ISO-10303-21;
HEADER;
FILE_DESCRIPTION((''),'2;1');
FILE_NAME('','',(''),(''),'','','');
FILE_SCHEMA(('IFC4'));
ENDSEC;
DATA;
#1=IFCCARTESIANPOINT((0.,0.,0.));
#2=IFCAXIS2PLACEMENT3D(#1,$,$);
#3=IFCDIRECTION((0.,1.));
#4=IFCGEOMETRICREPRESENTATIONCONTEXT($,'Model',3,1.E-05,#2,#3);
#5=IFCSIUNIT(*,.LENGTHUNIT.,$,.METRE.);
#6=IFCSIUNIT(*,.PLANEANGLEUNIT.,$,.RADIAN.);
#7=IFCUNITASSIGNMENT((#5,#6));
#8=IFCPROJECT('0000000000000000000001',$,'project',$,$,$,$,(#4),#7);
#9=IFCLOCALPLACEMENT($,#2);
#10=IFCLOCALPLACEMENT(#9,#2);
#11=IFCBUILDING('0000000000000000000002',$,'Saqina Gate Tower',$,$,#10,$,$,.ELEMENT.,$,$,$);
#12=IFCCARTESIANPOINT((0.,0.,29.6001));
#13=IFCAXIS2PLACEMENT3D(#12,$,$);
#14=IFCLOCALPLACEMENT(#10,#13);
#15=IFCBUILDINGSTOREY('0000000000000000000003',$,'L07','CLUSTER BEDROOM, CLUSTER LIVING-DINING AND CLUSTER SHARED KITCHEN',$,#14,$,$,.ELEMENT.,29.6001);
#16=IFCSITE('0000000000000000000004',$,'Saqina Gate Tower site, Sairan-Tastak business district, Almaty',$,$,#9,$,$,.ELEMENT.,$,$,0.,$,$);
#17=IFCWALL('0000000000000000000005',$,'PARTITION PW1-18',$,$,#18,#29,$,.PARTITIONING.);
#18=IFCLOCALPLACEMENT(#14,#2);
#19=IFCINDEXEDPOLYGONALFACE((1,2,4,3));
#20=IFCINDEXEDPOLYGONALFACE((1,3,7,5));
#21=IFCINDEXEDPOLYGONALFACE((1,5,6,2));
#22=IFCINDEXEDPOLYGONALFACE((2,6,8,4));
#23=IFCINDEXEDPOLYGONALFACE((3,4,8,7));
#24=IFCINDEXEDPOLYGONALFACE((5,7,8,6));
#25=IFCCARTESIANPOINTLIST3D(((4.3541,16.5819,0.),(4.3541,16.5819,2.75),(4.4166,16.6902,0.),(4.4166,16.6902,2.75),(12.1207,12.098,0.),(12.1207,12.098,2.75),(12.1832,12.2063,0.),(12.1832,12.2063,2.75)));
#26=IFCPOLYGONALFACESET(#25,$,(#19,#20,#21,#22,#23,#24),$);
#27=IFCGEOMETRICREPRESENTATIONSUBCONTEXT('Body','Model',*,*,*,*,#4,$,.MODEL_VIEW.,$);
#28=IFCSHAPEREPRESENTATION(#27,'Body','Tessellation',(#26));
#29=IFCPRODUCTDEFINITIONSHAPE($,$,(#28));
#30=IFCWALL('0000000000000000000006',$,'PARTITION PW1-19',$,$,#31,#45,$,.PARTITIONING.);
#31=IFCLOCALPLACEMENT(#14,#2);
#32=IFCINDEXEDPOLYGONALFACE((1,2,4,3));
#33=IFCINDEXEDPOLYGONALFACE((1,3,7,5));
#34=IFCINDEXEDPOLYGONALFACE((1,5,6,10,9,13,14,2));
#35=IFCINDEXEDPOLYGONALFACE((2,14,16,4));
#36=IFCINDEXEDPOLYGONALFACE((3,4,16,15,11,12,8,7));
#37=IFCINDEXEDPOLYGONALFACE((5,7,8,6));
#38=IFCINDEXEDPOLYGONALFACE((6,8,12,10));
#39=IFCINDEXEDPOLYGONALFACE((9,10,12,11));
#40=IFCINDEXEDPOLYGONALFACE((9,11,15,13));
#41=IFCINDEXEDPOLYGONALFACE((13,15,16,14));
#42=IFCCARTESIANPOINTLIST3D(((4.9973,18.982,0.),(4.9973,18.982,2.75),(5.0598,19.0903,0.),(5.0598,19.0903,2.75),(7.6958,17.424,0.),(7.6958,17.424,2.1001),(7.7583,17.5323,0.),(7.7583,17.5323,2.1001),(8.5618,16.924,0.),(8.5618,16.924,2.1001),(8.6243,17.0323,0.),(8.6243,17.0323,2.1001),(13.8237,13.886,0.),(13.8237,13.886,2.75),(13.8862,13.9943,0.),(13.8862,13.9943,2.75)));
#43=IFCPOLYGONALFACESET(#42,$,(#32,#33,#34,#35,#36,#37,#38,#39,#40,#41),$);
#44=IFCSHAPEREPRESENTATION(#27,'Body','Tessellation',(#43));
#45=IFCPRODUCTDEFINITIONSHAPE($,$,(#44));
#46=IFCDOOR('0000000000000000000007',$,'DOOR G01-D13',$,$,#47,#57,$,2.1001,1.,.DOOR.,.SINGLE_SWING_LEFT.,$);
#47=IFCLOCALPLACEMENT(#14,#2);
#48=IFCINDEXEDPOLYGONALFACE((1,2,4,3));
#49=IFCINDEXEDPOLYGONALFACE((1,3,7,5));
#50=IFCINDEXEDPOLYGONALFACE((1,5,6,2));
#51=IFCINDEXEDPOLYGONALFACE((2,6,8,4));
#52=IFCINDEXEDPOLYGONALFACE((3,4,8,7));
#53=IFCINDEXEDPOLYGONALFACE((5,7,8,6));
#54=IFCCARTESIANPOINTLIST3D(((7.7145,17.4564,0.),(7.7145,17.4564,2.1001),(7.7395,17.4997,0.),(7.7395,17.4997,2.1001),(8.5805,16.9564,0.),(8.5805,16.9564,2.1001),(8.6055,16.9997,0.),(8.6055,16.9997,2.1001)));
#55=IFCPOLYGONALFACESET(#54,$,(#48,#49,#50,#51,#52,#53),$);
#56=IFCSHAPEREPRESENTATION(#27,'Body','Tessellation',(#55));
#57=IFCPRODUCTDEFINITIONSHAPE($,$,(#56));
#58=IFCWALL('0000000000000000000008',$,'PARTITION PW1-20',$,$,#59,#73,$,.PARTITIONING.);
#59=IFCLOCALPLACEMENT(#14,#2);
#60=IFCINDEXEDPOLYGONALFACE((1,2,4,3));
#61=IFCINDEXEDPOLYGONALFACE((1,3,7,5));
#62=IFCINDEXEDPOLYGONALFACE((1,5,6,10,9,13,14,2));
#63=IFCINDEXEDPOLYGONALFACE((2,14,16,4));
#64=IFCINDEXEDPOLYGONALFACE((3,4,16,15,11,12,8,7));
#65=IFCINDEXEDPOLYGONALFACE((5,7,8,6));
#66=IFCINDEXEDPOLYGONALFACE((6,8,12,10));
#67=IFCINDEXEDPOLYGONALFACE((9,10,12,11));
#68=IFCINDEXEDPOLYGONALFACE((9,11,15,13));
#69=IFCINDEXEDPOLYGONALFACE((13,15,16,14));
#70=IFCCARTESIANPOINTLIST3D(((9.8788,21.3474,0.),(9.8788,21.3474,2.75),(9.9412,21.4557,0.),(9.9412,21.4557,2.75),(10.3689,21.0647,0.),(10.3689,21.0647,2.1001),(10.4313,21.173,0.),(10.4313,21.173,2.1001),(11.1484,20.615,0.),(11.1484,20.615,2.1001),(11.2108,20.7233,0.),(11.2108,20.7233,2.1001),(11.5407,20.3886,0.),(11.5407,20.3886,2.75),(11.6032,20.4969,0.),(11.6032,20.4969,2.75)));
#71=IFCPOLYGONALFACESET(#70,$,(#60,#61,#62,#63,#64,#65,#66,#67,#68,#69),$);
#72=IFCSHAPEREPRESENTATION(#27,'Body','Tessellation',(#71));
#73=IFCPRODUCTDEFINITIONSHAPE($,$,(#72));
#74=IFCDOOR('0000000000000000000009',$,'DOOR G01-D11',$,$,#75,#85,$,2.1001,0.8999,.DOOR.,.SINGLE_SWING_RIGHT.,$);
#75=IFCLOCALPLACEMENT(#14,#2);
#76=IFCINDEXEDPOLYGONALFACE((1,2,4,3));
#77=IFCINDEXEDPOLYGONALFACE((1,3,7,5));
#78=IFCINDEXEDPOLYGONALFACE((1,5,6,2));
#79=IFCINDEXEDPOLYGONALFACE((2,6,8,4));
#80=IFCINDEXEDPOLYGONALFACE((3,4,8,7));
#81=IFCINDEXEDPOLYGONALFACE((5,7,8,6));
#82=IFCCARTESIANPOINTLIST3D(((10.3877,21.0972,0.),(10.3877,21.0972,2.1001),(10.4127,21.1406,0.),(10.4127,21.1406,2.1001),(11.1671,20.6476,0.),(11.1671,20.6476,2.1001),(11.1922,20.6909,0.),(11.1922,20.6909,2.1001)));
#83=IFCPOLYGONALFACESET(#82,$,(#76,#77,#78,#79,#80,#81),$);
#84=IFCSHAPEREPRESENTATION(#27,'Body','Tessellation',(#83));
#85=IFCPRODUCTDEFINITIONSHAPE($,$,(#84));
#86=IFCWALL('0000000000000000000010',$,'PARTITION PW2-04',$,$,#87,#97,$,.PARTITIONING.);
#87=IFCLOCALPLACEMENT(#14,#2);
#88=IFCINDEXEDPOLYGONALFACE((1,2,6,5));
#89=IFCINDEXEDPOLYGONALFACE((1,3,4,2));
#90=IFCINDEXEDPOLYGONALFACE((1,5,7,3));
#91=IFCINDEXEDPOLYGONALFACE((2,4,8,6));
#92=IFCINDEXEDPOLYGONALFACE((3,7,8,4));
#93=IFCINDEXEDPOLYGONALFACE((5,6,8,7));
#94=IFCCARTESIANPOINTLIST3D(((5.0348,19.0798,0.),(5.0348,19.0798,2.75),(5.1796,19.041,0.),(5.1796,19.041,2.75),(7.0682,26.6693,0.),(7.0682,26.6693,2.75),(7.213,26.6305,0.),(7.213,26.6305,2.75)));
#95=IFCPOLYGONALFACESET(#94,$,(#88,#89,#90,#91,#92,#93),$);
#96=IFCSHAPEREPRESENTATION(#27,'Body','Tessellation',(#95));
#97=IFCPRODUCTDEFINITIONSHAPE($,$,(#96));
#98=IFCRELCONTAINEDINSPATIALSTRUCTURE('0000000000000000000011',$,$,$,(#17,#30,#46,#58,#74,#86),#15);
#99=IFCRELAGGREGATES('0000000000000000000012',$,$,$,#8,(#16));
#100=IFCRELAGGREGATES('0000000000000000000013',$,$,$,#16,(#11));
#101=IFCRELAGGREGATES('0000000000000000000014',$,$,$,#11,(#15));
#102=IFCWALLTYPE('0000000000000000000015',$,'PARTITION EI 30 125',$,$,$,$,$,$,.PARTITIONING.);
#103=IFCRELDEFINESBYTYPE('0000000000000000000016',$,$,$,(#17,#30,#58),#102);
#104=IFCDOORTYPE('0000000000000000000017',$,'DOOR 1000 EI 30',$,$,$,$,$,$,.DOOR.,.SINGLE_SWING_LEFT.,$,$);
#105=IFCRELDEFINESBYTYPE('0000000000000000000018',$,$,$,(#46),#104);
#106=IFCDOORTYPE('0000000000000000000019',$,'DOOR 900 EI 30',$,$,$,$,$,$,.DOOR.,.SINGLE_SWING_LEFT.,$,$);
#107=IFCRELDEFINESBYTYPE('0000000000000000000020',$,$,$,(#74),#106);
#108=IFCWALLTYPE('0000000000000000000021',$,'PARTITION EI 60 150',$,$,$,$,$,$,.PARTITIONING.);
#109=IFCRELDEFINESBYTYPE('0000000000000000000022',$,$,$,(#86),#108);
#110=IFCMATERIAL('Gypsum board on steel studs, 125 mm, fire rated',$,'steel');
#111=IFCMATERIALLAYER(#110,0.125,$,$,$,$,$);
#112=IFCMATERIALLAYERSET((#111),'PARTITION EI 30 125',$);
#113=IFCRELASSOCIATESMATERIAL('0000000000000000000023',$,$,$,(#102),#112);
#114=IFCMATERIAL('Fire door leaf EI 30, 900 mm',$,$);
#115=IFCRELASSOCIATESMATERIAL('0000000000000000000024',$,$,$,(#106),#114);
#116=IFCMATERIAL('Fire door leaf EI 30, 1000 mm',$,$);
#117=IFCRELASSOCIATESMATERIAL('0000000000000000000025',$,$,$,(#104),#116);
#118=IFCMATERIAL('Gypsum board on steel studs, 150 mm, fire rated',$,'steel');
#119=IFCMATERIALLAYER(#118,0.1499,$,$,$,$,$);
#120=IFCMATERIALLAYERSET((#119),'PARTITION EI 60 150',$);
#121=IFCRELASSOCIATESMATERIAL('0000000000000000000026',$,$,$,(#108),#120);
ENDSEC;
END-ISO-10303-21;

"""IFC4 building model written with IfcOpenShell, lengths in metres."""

from ifc_helpers import new_model, si_unit, direction, frame, frame_2d, origin, place, context, subcontext, project, spatial, rectangle, extrude, material, layer, layer_set, type_object, element, fill, save


model = new_model("IFC4")

# Units and contexts
model_context = context("Model", 3, precision=1e-05, world=origin(), true_north=direction((0.0, 1.0)))
body_context = subcontext(model_context, "Body", "Model", "MODEL_VIEW")
ifc_project = project(units=[si_unit("LENGTHUNIT", "METRE"), si_unit("PLANEANGLEUNIT", "RADIAN")], contexts=[model_context])

# Site, building, storey
site_placement = place(None, origin())
site = spatial("IfcSite", under=ifc_project, at=site_placement, Name="Saqina Gate Tower site, Sairan-Tastak business district, Almaty", CompositionType="ELEMENT", RefElevation=0.0)
building_placement = place(site_placement, origin())
building = spatial("IfcBuilding", under=site, at=building_placement, Name="Saqina Gate Tower", CompositionType="ELEMENT")
storey_placement = place(building_placement, frame((0.0, 0.0, 29.6001)))
storey = spatial("IfcBuildingStorey", under=building, at=storey_placement, Name="L07", Description="CLUSTER BEDROOM, CLUSTER LIVING-DINING AND CLUSTER SHARED KITCHEN", CompositionType="ELEMENT", Elevation=29.6001)

# Shared definitions
ifc_material_1 = material(Name="Gypsum board on steel studs, 125 mm, fire rated", Category="steel")
ifc_layer_1 = layer(ifc_material_1, 0.125)
ifc_layer_set_1 = layer_set([ifc_layer_1], Name="PARTITION EI 30 125")
wall_type_1 = type_object("IfcWallType", Name="PARTITION EI 30 125", PredefinedType="PARTITIONING", material=ifc_layer_set_1)
ifc_material_2 = material(Name="Fire door leaf EI 30, 900 mm")
door_type_1 = type_object("IfcDoorType", Name="DOOR 900 EI 30", OperationType="SINGLE_SWING_LEFT", PredefinedType="DOOR", material=ifc_material_2)

# Wall
wall_1_placement = place(storey_placement, frame((4.3855, 16.636, 0.0), z_axis=(0.0, 0.0, 1.0), x_axis=(0.866033, -0.499986, 0.0)))
element("IfcWall", 1, at=wall_1_placement, inside=storey, type_object=wall_type_1, Name="PARTITION PW1-18", PredefinedType="PARTITIONING", context=body_context, shape_type="SweptSolid", body=[
    extrude(rectangle(XDim=8.968, YDim=0.125, at=frame_2d((4.4839, 0.0))), origin(), (0.0, 0.0, 1.0), 2.75),
])

# Walls, openings, doors
wall_2_placement = place(storey_placement, frame((5.0286, 19.0361, 0.0), z_axis=(0.0, 0.0, 1.0), x_axis=(0.866025, -0.500001, 0.0)))
wall_2 = element("IfcWall", 2, at=wall_2_placement, inside=storey, type_object=wall_type_1, Name="PARTITION PW1-19", PredefinedType="PARTITIONING", context=body_context, shape_type="SweptSolid", body=[
    extrude(rectangle(XDim=10.1919, YDim=0.125, at=frame_2d((5.0959, 0.0))), origin(), (0.0, 0.0, 1.0), 2.75),
])
opening_1_placement = place(wall_2_placement, frame((3.116, 0.0, 0.0)))
opening_1 = element("IfcOpeningElement", 3, at=opening_1_placement, cuts=wall_2, PredefinedType="OPENING", context=body_context, shape_type="SweptSolid", body=[
    extrude(rectangle(XDim=1.0, YDim=2.1001, at=frame_2d((0.5, 1.05))), frame((0.0, 0.0745, 0.0), z_axis=(0.0, -1.0, 0.0), x_axis=(1.0, 0.0, 0.0)), (0.0, 0.0, 1.0), 0.1489),
])
ifc_material_3 = material(Name="Fire door leaf EI 30, 1000 mm")
door_type_2 = type_object("IfcDoorType", Name="DOOR 1000 EI 30", OperationType="SINGLE_SWING_LEFT", PredefinedType="DOOR", material=ifc_material_3)
door_1_placement = place(opening_1_placement, origin())
door_1 = element("IfcDoor", 4, at=door_1_placement, inside=storey, type_object=door_type_2, Name="DOOR G01-D13", OperationType="SINGLE_SWING_LEFT", OverallHeight=2.1001, OverallWidth=1.0, PredefinedType="DOOR", context=body_context, shape_type="SweptSolid", body=[
    extrude(rectangle(XDim=1.0, YDim=2.1001, at=frame_2d((0.5, 1.05))), frame((0.0, 0.0249, 0.0), z_axis=(0.0, -1.0, 0.0), x_axis=(1.0, 0.0, 0.0)), (0.0, 0.0, 1.0), 0.05),
])
fill(opening_1, door_1)
wall_3_placement = place(storey_placement, frame((9.9099, 21.4016, 0.0), z_axis=(0.0, 0.0, 1.0), x_axis=(0.866192, -0.499711, 0.0)))
wall_3 = element("IfcWall", 5, at=wall_3_placement, inside=storey, type_object=wall_type_1, Name="PARTITION PW1-20", PredefinedType="PARTITIONING", context=body_context, shape_type="SweptSolid", body=[
    extrude(rectangle(XDim=1.9187, YDim=0.125, at=frame_2d((0.9595, 0.0))), origin(), (0.0, 0.0, 1.0), 2.75),
])
opening_2_placement = place(wall_3_placement, frame((0.5659, 0.0, 0.0)))
opening_2 = element("IfcOpeningElement", 6, at=opening_2_placement, cuts=wall_3, PredefinedType="OPENING", context=body_context, shape_type="SweptSolid", body=[
    extrude(rectangle(XDim=0.8999, YDim=2.1001, at=frame_2d((0.45, 1.05))), frame((0.0, 0.0745, 0.0), z_axis=(0.0, -1.0, 0.0), x_axis=(1.0, 0.0, 0.0)), (0.0, 0.0, 1.0), 0.1489),
])
door_2_placement = place(opening_2_placement, frame((0.8999, 0.0, 0.0), z_axis=(0.0, 0.0, 1.0), x_axis=(-1.0, 0.0, 0.0)))
door_2 = element("IfcDoor", 7, at=door_2_placement, inside=storey, type_object=door_type_1, Name="DOOR G01-D11", OperationType="SINGLE_SWING_RIGHT", OverallHeight=2.1001, OverallWidth=0.8999, PredefinedType="DOOR", context=body_context, shape_type="SweptSolid", body=[
    extrude(rectangle(XDim=0.8999, YDim=2.1001, at=frame_2d((0.45, 1.05))), frame((0.0, 0.0249, 0.0), z_axis=(0.0, -1.0, 0.0), x_axis=(1.0, 0.0, 0.0)), (0.0, 0.0, 1.0), 0.05),
])
fill(opening_2, door_2)

# Wall
ifc_material_4 = material(Name="Gypsum board on steel studs, 150 mm, fire rated", Category="steel")
ifc_layer_2 = layer(ifc_material_4, 0.1499)
ifc_layer_set_2 = layer_set([ifc_layer_2], Name="PARTITION EI 60 150")
wall_type_2 = type_object("IfcWallType", Name="PARTITION EI 60 150", PredefinedType="PARTITIONING", material=ifc_layer_set_2)
wall_4_placement = place(storey_placement, frame((5.1072, 19.0603, 0.0), z_axis=(0.0, 0.0, 1.0), x_axis=(0.258798, 0.965932, 0.0)))
element("IfcWall", 8, at=wall_4_placement, inside=storey, type_object=wall_type_2, Name="PARTITION PW2-04", PredefinedType="PARTITIONING", context=body_context, shape_type="SweptSolid", body=[
    extrude(rectangle(XDim=7.8572, YDim=0.1499, at=frame_2d((3.9287, 0.0))), origin(), (0.0, 0.0, 1.0), 2.75),
])

save(model, "model.ifc")
